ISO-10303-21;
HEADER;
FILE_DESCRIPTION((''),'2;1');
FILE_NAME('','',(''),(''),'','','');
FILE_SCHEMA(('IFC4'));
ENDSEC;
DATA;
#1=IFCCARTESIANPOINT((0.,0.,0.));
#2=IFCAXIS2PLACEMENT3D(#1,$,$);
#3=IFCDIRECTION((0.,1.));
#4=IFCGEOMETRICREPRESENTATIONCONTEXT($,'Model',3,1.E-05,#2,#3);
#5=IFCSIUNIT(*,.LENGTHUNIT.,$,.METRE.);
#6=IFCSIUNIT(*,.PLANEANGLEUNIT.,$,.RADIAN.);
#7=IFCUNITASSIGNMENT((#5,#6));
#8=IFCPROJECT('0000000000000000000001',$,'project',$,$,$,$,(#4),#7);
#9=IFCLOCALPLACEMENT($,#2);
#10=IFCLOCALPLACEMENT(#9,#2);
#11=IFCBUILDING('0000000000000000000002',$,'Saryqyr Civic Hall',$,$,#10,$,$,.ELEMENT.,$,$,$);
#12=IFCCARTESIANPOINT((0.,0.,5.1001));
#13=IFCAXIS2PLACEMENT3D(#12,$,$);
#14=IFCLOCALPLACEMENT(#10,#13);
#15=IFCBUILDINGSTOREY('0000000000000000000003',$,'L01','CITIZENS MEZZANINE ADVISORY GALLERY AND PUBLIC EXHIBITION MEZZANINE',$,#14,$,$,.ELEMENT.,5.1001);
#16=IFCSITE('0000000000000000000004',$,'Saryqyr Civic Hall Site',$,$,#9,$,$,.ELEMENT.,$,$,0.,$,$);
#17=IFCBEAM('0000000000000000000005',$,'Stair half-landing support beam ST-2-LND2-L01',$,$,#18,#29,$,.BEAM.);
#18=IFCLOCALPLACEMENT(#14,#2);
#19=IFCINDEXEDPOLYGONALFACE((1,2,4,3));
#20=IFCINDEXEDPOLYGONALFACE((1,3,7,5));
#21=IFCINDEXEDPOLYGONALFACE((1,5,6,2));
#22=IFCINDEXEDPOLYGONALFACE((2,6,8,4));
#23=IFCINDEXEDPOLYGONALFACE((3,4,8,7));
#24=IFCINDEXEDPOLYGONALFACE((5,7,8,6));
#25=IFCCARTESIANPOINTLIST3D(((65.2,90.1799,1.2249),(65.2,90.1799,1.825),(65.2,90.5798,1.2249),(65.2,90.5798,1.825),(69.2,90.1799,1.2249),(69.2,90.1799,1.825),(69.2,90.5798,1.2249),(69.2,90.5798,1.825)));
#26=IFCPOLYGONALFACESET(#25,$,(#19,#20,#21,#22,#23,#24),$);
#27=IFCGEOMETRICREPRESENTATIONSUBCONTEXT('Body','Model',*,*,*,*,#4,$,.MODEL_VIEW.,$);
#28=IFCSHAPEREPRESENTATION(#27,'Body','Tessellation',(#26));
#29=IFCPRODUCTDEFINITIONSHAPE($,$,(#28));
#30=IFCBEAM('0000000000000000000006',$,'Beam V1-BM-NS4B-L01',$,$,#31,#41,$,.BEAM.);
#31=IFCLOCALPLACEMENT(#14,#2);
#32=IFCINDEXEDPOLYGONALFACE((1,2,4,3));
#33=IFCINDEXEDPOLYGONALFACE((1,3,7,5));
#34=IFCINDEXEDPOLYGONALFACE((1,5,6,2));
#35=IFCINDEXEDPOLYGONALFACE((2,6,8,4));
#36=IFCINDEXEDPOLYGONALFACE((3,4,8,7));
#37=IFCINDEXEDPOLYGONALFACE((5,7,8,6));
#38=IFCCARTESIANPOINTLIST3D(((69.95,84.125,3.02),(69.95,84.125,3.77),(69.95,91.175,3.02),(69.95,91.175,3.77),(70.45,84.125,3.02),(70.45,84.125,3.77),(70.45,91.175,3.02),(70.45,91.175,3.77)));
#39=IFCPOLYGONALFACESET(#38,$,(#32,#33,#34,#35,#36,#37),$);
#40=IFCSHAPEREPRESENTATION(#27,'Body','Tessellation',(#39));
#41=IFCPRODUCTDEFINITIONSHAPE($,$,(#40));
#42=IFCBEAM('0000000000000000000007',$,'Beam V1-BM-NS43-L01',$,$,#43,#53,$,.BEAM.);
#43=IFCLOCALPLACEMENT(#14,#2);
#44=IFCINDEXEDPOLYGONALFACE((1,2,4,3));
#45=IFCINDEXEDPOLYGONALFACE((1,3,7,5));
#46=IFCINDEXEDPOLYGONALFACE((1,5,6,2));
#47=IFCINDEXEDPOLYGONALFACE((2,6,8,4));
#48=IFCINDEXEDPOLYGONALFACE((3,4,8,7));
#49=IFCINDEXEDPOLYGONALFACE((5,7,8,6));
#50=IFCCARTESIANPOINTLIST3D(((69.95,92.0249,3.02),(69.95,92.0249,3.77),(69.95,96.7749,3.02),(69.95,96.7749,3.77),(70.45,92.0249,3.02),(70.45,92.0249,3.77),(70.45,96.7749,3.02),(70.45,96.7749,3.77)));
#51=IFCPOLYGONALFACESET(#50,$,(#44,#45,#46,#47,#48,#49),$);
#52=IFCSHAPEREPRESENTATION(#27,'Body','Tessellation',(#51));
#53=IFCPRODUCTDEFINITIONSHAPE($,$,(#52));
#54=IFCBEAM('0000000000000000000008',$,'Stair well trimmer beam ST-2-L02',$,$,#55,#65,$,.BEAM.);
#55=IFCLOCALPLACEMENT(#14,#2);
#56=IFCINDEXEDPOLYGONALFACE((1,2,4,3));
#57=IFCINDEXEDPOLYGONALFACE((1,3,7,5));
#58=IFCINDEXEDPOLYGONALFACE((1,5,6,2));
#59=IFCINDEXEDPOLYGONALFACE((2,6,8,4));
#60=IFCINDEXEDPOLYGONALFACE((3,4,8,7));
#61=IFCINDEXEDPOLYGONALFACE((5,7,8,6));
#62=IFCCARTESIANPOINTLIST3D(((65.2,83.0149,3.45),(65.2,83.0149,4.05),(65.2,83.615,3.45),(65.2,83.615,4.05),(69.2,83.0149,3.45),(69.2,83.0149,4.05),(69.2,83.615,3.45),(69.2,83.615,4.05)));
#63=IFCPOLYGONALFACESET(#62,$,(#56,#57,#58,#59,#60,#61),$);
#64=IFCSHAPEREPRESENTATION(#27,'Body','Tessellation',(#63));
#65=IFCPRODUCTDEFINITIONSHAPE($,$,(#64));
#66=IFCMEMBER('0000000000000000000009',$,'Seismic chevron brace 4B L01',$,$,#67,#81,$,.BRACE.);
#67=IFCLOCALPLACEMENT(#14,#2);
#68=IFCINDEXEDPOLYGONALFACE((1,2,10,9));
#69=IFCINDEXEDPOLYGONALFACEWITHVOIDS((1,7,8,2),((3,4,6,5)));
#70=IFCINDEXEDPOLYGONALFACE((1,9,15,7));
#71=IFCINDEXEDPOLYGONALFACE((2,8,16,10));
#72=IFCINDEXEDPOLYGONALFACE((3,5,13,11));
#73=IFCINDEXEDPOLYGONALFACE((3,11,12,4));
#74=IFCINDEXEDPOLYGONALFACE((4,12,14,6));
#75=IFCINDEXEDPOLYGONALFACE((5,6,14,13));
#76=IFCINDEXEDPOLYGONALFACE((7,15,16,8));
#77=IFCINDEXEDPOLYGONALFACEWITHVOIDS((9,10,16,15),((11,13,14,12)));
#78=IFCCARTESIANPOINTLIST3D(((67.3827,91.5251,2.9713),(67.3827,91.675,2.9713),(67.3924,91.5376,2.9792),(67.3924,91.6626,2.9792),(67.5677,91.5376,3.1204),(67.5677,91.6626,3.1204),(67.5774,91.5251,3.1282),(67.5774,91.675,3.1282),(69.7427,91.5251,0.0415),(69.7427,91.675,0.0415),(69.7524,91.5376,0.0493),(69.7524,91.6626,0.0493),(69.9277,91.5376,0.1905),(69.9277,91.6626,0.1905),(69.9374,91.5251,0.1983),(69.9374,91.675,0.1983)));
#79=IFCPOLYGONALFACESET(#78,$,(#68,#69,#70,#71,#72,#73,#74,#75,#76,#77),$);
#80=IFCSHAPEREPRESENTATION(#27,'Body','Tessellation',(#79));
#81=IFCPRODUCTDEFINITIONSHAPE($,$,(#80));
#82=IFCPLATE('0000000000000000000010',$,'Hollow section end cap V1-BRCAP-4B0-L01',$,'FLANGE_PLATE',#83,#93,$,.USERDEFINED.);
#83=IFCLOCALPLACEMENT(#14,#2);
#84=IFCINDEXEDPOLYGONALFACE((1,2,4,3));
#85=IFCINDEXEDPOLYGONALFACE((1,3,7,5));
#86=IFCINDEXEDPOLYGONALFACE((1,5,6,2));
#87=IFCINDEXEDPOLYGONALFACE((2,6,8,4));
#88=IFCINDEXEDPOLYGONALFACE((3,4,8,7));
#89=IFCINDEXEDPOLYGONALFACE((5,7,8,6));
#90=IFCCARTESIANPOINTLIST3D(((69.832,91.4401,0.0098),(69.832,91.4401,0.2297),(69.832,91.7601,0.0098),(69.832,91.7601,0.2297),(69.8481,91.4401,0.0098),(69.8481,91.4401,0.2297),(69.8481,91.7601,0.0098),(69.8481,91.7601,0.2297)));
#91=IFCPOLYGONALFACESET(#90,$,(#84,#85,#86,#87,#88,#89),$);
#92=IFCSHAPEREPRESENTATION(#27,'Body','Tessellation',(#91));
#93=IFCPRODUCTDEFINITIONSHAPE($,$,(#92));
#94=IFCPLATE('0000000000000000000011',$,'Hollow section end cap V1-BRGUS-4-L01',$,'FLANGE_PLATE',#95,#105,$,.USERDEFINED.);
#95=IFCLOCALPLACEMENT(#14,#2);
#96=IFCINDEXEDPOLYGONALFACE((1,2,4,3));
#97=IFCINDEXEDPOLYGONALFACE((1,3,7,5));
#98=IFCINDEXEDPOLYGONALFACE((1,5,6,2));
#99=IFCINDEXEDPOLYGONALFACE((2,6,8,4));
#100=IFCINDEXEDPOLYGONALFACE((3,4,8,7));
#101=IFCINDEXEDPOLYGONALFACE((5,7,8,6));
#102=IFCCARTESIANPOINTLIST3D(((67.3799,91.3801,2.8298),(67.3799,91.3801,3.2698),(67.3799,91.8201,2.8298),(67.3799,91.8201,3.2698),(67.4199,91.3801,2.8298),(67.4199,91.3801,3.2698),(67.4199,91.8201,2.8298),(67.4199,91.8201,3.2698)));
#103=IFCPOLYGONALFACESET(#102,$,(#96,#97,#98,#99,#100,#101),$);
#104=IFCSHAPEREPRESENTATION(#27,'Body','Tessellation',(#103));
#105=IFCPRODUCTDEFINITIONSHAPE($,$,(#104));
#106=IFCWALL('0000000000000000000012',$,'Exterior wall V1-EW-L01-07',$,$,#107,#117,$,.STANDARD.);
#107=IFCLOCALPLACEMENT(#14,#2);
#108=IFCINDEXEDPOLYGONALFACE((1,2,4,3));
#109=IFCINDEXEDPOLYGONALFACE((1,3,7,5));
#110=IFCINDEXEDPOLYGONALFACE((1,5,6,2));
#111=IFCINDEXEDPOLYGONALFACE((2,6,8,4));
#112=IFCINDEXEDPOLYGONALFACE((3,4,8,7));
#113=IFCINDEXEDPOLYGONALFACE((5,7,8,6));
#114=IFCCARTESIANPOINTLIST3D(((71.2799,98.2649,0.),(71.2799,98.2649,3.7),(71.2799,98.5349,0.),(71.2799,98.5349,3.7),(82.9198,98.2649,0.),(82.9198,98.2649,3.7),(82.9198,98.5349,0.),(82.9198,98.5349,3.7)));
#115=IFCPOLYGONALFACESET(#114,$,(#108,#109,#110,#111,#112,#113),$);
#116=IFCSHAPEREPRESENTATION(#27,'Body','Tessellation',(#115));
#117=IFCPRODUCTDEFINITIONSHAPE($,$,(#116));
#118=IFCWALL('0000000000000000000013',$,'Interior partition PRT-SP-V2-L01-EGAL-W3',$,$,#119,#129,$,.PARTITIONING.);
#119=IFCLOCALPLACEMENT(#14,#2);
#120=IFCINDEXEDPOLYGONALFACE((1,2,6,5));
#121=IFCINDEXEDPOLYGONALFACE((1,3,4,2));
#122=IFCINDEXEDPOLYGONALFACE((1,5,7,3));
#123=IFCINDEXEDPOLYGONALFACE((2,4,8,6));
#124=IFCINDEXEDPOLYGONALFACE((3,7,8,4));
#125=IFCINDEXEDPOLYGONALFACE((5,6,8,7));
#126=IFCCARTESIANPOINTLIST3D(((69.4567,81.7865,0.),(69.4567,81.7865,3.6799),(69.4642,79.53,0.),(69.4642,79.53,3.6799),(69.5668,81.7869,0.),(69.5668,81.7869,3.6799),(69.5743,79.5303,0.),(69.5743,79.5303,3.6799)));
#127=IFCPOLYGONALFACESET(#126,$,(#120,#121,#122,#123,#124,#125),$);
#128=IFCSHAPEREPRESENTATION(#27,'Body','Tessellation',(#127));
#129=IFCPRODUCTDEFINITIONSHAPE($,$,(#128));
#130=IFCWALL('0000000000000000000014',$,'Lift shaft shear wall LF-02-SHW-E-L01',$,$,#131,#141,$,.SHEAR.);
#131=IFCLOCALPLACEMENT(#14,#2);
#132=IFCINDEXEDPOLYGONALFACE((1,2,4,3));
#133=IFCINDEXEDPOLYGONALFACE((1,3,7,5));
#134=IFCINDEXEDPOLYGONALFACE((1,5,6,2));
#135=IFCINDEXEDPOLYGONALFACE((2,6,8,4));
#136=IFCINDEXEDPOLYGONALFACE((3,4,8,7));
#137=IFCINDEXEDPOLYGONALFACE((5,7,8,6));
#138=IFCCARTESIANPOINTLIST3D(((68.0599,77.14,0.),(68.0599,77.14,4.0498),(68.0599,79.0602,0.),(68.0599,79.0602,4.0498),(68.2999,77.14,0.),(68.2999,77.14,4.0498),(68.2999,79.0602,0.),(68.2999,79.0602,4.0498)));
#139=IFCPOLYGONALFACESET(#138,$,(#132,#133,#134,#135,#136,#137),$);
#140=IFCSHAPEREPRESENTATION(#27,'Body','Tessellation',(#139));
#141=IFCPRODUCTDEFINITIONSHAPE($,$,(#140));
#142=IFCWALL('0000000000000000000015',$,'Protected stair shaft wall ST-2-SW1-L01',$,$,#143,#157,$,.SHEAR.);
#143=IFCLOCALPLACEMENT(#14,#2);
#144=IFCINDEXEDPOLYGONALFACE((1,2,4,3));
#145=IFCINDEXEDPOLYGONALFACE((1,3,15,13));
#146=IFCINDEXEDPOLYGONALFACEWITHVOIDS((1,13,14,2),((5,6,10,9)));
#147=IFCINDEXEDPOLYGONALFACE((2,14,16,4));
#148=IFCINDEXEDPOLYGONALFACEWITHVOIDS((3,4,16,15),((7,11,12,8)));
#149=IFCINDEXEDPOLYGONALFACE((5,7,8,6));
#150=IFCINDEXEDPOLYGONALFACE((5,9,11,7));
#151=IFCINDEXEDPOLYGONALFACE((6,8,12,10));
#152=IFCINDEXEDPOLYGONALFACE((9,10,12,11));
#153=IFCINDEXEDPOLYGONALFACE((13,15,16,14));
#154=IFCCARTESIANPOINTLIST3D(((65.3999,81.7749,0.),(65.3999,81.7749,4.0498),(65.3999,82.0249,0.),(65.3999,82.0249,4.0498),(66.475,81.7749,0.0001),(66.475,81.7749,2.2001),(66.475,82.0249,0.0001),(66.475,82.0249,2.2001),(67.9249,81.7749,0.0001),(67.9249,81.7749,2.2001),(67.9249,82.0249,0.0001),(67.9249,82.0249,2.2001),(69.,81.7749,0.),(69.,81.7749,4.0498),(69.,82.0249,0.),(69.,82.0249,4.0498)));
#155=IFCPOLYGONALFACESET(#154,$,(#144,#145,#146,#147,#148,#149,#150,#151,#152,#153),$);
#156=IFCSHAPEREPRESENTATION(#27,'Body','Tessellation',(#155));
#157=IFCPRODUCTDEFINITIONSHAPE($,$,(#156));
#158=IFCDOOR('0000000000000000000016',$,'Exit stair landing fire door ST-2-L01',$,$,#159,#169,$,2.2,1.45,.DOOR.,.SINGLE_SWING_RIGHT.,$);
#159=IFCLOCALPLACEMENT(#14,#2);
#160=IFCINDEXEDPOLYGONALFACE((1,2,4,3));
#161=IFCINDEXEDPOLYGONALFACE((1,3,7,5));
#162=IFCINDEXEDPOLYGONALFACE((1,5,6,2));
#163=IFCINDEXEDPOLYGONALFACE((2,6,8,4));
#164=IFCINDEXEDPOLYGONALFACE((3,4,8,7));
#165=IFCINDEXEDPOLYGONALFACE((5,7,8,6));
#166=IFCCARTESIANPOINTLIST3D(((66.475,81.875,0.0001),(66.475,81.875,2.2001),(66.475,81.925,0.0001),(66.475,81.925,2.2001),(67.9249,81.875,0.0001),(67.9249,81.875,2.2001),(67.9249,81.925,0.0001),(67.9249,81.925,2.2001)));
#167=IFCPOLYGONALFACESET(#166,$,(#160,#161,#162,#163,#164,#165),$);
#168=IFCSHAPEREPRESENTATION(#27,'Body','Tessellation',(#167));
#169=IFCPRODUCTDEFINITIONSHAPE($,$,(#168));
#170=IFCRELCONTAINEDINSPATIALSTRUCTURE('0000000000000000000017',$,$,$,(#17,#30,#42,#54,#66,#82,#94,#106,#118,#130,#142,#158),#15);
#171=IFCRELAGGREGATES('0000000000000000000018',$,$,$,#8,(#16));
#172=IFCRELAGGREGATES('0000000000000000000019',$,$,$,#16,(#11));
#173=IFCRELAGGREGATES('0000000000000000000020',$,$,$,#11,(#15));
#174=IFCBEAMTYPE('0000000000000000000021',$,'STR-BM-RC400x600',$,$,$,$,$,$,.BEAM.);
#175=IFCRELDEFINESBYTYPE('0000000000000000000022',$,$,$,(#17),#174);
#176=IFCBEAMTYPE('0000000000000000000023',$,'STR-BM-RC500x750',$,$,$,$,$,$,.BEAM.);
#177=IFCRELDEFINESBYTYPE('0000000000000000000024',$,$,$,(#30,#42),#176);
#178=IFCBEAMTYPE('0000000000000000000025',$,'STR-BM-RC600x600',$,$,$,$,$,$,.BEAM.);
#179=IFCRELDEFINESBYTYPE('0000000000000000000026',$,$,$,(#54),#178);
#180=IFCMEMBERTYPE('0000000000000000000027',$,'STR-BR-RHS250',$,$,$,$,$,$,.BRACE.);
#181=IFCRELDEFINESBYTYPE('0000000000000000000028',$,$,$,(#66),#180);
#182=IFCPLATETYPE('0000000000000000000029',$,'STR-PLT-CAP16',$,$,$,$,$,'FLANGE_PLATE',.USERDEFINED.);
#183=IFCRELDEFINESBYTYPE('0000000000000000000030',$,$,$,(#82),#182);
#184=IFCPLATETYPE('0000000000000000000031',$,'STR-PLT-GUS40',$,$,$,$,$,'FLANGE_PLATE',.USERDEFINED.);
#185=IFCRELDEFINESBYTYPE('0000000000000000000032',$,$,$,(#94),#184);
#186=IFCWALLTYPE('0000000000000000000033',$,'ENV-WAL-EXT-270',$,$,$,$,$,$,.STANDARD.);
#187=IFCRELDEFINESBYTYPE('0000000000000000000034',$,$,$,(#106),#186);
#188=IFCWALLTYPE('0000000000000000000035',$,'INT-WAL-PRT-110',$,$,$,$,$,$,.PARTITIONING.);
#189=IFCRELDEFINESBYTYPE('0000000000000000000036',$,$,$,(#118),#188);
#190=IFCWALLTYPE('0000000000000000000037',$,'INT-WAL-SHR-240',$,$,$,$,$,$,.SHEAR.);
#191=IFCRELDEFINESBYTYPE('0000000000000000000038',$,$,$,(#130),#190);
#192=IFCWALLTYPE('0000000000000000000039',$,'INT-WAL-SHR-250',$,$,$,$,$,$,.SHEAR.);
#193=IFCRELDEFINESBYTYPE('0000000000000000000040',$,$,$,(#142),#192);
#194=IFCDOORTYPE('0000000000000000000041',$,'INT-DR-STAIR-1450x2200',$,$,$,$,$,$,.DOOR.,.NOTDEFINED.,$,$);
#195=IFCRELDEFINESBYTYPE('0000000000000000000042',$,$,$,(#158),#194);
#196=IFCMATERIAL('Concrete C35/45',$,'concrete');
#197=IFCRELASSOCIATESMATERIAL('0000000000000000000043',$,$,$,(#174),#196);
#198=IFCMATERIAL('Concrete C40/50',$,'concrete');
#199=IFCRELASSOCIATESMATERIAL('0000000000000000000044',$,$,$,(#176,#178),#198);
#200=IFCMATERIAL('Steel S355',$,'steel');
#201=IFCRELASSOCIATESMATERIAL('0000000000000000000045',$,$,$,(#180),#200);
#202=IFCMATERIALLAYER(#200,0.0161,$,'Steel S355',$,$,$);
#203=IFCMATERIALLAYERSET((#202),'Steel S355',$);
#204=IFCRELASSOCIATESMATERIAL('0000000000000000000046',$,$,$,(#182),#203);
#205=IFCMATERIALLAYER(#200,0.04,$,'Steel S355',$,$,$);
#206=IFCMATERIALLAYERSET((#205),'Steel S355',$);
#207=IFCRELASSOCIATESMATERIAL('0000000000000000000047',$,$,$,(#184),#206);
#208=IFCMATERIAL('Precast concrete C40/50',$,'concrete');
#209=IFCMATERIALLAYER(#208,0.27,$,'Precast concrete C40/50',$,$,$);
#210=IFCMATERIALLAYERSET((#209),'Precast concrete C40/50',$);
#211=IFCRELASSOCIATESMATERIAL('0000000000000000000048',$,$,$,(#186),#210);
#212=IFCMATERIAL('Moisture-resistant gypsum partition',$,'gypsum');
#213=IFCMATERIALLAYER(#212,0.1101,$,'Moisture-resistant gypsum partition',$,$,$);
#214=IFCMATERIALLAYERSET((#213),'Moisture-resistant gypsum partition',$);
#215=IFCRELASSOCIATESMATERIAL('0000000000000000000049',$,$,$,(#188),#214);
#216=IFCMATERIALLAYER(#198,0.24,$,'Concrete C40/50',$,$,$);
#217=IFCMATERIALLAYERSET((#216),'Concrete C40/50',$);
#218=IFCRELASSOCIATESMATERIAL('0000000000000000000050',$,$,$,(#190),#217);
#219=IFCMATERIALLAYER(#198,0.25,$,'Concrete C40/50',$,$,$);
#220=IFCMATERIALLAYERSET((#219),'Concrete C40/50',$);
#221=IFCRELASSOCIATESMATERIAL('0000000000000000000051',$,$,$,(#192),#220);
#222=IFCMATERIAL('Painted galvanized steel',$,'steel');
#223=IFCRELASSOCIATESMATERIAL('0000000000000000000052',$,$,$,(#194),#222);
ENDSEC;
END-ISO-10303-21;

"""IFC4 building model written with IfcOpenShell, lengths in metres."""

from ifc_helpers import new_model, si_unit, direction, frame, frame_2d, origin, origin_2d, place, context, subcontext, project, spatial, rectangle, hollow_rectangle, extrude, material, layer, layer_set, material_profile, profile_set, type_object, element, fill, save


model = new_model("IFC4")

# Units and contexts
model_context = context("Model", 3, precision=1e-05, world=origin(), true_north=direction((0.0, 1.0)))
body_context = subcontext(model_context, "Body", "Model", "MODEL_VIEW")
ifc_project = project(units=[si_unit("LENGTHUNIT", "METRE"), si_unit("PLANEANGLEUNIT", "RADIAN")], contexts=[model_context])

# Site, building, storey
site_placement = place(None, origin())
site = spatial("IfcSite", under=ifc_project, at=site_placement, Name="Saryqyr Civic Hall Site", CompositionType="ELEMENT", RefElevation=0.0)
building_placement = place(site_placement, origin())
building = spatial("IfcBuilding", under=site, at=building_placement, Name="Saryqyr Civic Hall", CompositionType="ELEMENT")
storey_placement = place(building_placement, frame((0.0, 0.0, 5.1001)))
storey = spatial("IfcBuildingStorey", under=building, at=storey_placement, Name="L01", Description="CITIZENS MEZZANINE ADVISORY GALLERY AND PUBLIC EXHIBITION MEZZANINE", CompositionType="ELEMENT", Elevation=5.1001)

# Shared definitions
ifc_material_1 = material(Name="Steel S355", Category="steel")
ifc_material_2 = material(Name="Concrete C40/50", Category="concrete")

# Beams
ifc_material_3 = material(Name="Concrete C35/45", Category="concrete")
ifc_material_profile_1 = material_profile(ifc_material_3, rectangle(XDim=0.3999, YDim=0.6001, at=origin_2d()), Name="RC 400x600")
ifc_profile_set_1 = profile_set([ifc_material_profile_1], Name="Concrete C35/45")
beam_type_1 = type_object("IfcBeamType", Name="STR-BM-RC400x600", PredefinedType="BEAM", material=ifc_profile_set_1)
for number, where, z_axis, x_axis, name in (
    (1, (69.2, 90.3799, 1.5249), (-1.0, 0.0, 0.0), (0.0, -1.0, 0.0), "Stair half-landing support beam ST-2-LND2-L01"),
):
    element("IfcBeam", number, at=place(storey_placement, frame(where, z_axis=z_axis, x_axis=x_axis)), inside=storey, type_object=beam_type_1, Name=name, PredefinedType="BEAM", context=body_context, shape_type="SweptSolid", body=[
        extrude(rectangle(XDim=0.3999, YDim=0.6001, at=origin_2d()), origin(), (0.0, 0.0, 1.0), 4.0),
    ])
ifc_material_profile_2 = material_profile(ifc_material_2, rectangle(XDim=0.5, YDim=0.75, at=origin_2d()), Name="RC 500x750")
ifc_profile_set_2 = profile_set([ifc_material_profile_2], Name="Concrete C40/50")
beam_type_2 = type_object("IfcBeamType", Name="STR-BM-RC500x750", PredefinedType="BEAM", material=ifc_profile_set_2)
beam_1_placement = place(storey_placement, frame((70.2, 84.125, 3.395), z_axis=(0.0, 1.0, 0.0), x_axis=(-1.0, 0.0, 0.0)))
element("IfcBeam", 2, at=beam_1_placement, inside=storey, type_object=beam_type_2, Name="Beam V1-BM-NS4B-L01", PredefinedType="BEAM", context=body_context, shape_type="SweptSolid", body=[
    extrude(rectangle(XDim=0.5, YDim=0.75, at=origin_2d()), origin(), (0.0, 0.0, 1.0), 7.05),
])
beam_2_placement = place(storey_placement, frame((70.2, 92.0249, 3.395), z_axis=(0.0, 1.0, 0.0), x_axis=(-1.0, 0.0, 0.0)))
element("IfcBeam", 3, at=beam_2_placement, inside=storey, type_object=beam_type_2, Name="Beam V1-BM-NS43-L01", PredefinedType="BEAM", context=body_context, shape_type="SweptSolid", body=[
    extrude(rectangle(XDim=0.5, YDim=0.75, at=origin_2d()), origin(), (0.0, 0.0, 1.0), 4.75),
])
ifc_material_profile_3 = material_profile(ifc_material_2, rectangle(XDim=0.6001, YDim=0.6001, at=origin_2d()), Name="RC 600x600")
ifc_profile_set_3 = profile_set([ifc_material_profile_3], Name="Concrete C40/50")
beam_type_3 = type_object("IfcBeamType", Name="STR-BM-RC600x600", PredefinedType="BEAM", material=ifc_profile_set_3)
beam_3_placement = place(storey_placement, frame((69.2, 83.3149, 3.75), z_axis=(-1.0, 0.0, 0.0), x_axis=(0.0, -1.0, 0.0)))
element("IfcBeam", 4, at=beam_3_placement, inside=storey, type_object=beam_type_3, Name="Stair well trimmer beam ST-2-L02", PredefinedType="BEAM", context=body_context, shape_type="SweptSolid", body=[
    extrude(rectangle(XDim=0.6001, YDim=0.6001, at=origin_2d()), origin(), (0.0, 0.0, 1.0), 4.0),
])

# Member
ifc_material_profile_4 = material_profile(ifc_material_1, hollow_rectangle(XDim=0.1499, YDim=0.25, WallThickness=0.0125, at=origin_2d()), Name="RHS 250x150x12.5")
ifc_profile_set_4 = profile_set([ifc_material_profile_4], Name="Steel S355")
member_type = type_object("IfcMemberType", Name="STR-BR-RHS250", PredefinedType="BRACE", material=ifc_profile_set_4)
member_placement = place(storey_placement, frame((69.8401, 91.6001, 0.1199), z_axis=(-0.627311, 0.0, 0.778769), x_axis=(0.0, -1.0, 0.0)))
element("IfcMember", 5, at=member_placement, inside=storey, type_object=member_type, Name="Seismic chevron brace 4B L01", PredefinedType="BRACE", context=body_context, shape_type="SweptSolid", body=[
    extrude(hollow_rectangle(XDim=0.1499, YDim=0.25, WallThickness=0.0125, at=origin_2d()), origin(), (0.0, 0.0, 1.0), 3.7622),
])

# Plates
ifc_layer_1 = layer(ifc_material_1, 0.0161, Name="Steel S355")
ifc_layer_set_1 = layer_set([ifc_layer_1], Name="Steel S355")
plate_type_1 = type_object("IfcPlateType", Name="STR-PLT-CAP16", ElementType="FLANGE_PLATE", PredefinedType="USERDEFINED", material=ifc_layer_set_1)
plate_1_placement = place(storey_placement, frame((69.8401, 91.6001, 0.0098), z_axis=(0.0, 0.0, 1.0), x_axis=(1.0, 0.0, 0.0)))
element("IfcPlate", 6, at=plate_1_placement, inside=storey, type_object=plate_type_1, Name="Hollow section end cap V1-BRCAP-4B0-L01", ObjectType="FLANGE_PLATE", PredefinedType="USERDEFINED", context=body_context, shape_type="SweptSolid", body=[
    extrude(rectangle(XDim=0.0161, YDim=0.3201, at=origin_2d()), origin(), (0.0, 0.0, 1.0), 0.22),
])
ifc_layer_2 = layer(ifc_material_1, 0.04, Name="Steel S355")
ifc_layer_set_2 = layer_set([ifc_layer_2], Name="Steel S355")
plate_type_2 = type_object("IfcPlateType", Name="STR-PLT-GUS40", ElementType="FLANGE_PLATE", PredefinedType="USERDEFINED", material=ifc_layer_set_2)
plate_2_placement = place(storey_placement, frame((67.3999, 91.6001, 2.8298), z_axis=(0.0, 0.0, 1.0), x_axis=(1.0, 0.0, 0.0)))
element("IfcPlate", 7, at=plate_2_placement, inside=storey, type_object=plate_type_2, Name="Hollow section end cap V1-BRGUS-4-L01", ObjectType="FLANGE_PLATE", PredefinedType="USERDEFINED", context=body_context, shape_type="SweptSolid", body=[
    extrude(rectangle(XDim=0.04, YDim=0.4399, at=origin_2d()), origin(), (0.0, 0.0, 1.0), 0.4399),
])

# Walls
ifc_material_4 = material(Name="Precast concrete C40/50", Category="concrete")
ifc_layer_3 = layer(ifc_material_4, 0.27, Name="Precast concrete C40/50")
ifc_layer_set_3 = layer_set([ifc_layer_3], Name="Precast concrete C40/50")
wall_type_1 = type_object("IfcWallType", Name="ENV-WAL-EXT-270", PredefinedType="STANDARD", material=ifc_layer_set_3)
wall_1_placement = place(storey_placement, frame((71.28, 98.3999, 0.0), z_axis=(0.0, 0.0, 1.0), x_axis=(1.0, 0.0, 0.0)))
element("IfcWall", 8, at=wall_1_placement, inside=storey, type_object=wall_type_1, Name="Exterior wall V1-EW-L01-07", PredefinedType="STANDARD", context=body_context, shape_type="SweptSolid", body=[
    extrude(rectangle(XDim=11.6399, YDim=0.27, at=frame_2d((5.8198, 0.0))), origin(), (0.0, 0.0, 1.0), 3.7),
])
ifc_material_5 = material(Name="Moisture-resistant gypsum partition", Category="gypsum")
ifc_layer_4 = layer(ifc_material_5, 0.1101, Name="Moisture-resistant gypsum partition")
ifc_layer_set_4 = layer_set([ifc_layer_4], Name="Moisture-resistant gypsum partition")
wall_type_2 = type_object("IfcWallType", Name="INT-WAL-PRT-110", PredefinedType="PARTITIONING", material=ifc_layer_set_4)
wall_2_placement = place(storey_placement, frame((69.5193, 79.53, 0.0), z_axis=(0.0, 0.0, 1.0), x_axis=(-0.003354, 0.999994, 0.0)))
element("IfcWall", 9, at=wall_2_placement, inside=storey, type_object=wall_type_2, Name="Interior partition PRT-SP-V2-L01-EGAL-W3", PredefinedType="PARTITIONING", context=body_context, shape_type="SweptSolid", body=[
    extrude(rectangle(XDim=2.2566, YDim=0.1101, at=frame_2d((1.1284, 0.0))), origin(), (0.0, 0.0, 1.0), 3.6799),
])
ifc_layer_5 = layer(ifc_material_2, 0.24, Name="Concrete C40/50")
ifc_layer_set_5 = layer_set([ifc_layer_5], Name="Concrete C40/50")
wall_type_3 = type_object("IfcWallType", Name="INT-WAL-SHR-240", PredefinedType="SHEAR", material=ifc_layer_set_5)
wall_3_placement = place(storey_placement, frame((68.1799, 79.0601, 0.0), z_axis=(0.0, 0.0, 1.0), x_axis=(0.0, -1.0, 0.0)))
element("IfcWall", 10, at=wall_3_placement, inside=storey, type_object=wall_type_3, Name="Lift shaft shear wall LF-02-SHW-E-L01", PredefinedType="SHEAR", context=body_context, shape_type="SweptSolid", body=[
    extrude(rectangle(XDim=1.9202, YDim=0.24, at=frame_2d((0.96, 0.0))), origin(), (0.0, 0.0, 1.0), 4.0498),
])

# Wall, opening, door
ifc_layer_6 = layer(ifc_material_2, 0.25, Name="Concrete C40/50")
ifc_layer_set_6 = layer_set([ifc_layer_6], Name="Concrete C40/50")
wall_type_4 = type_object("IfcWallType", Name="INT-WAL-SHR-250", PredefinedType="SHEAR", material=ifc_layer_set_6)
wall_4_placement = place(storey_placement, frame((69.0, 81.8999, 0.0), z_axis=(0.0, 0.0, 1.0), x_axis=(-1.0, 0.0, 0.0)))
wall_4 = element("IfcWall", 11, at=wall_4_placement, inside=storey, type_object=wall_type_4, Name="Protected stair shaft wall ST-2-SW1-L01", PredefinedType="SHEAR", context=body_context, shape_type="SweptSolid", body=[
    extrude(rectangle(XDim=3.6001, YDim=0.25, at=frame_2d((1.8, 0.0))), origin(), (0.0, 0.0, 1.0), 4.0498),
])
opening_placement = place(wall_4_placement, frame((1.075, 0.0, 0.0)))
opening = element("IfcOpeningElement", 12, at=opening_placement, cuts=wall_4, PredefinedType="OPENING", context=body_context, shape_type="SweptSolid", body=[
    extrude(rectangle(XDim=1.45, YDim=2.2, at=frame_2d((0.7251, 1.1001))), frame((0.0, 0.135, 0.0), z_axis=(0.0, -1.0, 0.0), x_axis=(1.0, 0.0, 0.0)), (0.0, 0.0, 1.0), 0.27),
])
ifc_material_6 = material(Name="Painted galvanized steel", Category="steel")
door_type = type_object("IfcDoorType", Name="INT-DR-STAIR-1450x2200", OperationType="NOTDEFINED", PredefinedType="DOOR", material=ifc_material_6)
door_placement = place(opening_placement, origin())
door = element("IfcDoor", 13, at=door_placement, inside=storey, type_object=door_type, Name="Exit stair landing fire door ST-2-L01", OperationType="SINGLE_SWING_RIGHT", OverallHeight=2.2, OverallWidth=1.45, PredefinedType="DOOR", context=body_context, shape_type="SweptSolid", body=[
    extrude(rectangle(XDim=1.45, YDim=2.2, at=frame_2d((0.7251, 1.1001))), frame((0.0, 0.0249, 0.0), z_axis=(0.0, -1.0, 0.0), x_axis=(1.0, 0.0, 0.0)), (0.0, 0.0, 1.0), 0.05),
])
fill(opening, door)

save(model, "model.ifc")
